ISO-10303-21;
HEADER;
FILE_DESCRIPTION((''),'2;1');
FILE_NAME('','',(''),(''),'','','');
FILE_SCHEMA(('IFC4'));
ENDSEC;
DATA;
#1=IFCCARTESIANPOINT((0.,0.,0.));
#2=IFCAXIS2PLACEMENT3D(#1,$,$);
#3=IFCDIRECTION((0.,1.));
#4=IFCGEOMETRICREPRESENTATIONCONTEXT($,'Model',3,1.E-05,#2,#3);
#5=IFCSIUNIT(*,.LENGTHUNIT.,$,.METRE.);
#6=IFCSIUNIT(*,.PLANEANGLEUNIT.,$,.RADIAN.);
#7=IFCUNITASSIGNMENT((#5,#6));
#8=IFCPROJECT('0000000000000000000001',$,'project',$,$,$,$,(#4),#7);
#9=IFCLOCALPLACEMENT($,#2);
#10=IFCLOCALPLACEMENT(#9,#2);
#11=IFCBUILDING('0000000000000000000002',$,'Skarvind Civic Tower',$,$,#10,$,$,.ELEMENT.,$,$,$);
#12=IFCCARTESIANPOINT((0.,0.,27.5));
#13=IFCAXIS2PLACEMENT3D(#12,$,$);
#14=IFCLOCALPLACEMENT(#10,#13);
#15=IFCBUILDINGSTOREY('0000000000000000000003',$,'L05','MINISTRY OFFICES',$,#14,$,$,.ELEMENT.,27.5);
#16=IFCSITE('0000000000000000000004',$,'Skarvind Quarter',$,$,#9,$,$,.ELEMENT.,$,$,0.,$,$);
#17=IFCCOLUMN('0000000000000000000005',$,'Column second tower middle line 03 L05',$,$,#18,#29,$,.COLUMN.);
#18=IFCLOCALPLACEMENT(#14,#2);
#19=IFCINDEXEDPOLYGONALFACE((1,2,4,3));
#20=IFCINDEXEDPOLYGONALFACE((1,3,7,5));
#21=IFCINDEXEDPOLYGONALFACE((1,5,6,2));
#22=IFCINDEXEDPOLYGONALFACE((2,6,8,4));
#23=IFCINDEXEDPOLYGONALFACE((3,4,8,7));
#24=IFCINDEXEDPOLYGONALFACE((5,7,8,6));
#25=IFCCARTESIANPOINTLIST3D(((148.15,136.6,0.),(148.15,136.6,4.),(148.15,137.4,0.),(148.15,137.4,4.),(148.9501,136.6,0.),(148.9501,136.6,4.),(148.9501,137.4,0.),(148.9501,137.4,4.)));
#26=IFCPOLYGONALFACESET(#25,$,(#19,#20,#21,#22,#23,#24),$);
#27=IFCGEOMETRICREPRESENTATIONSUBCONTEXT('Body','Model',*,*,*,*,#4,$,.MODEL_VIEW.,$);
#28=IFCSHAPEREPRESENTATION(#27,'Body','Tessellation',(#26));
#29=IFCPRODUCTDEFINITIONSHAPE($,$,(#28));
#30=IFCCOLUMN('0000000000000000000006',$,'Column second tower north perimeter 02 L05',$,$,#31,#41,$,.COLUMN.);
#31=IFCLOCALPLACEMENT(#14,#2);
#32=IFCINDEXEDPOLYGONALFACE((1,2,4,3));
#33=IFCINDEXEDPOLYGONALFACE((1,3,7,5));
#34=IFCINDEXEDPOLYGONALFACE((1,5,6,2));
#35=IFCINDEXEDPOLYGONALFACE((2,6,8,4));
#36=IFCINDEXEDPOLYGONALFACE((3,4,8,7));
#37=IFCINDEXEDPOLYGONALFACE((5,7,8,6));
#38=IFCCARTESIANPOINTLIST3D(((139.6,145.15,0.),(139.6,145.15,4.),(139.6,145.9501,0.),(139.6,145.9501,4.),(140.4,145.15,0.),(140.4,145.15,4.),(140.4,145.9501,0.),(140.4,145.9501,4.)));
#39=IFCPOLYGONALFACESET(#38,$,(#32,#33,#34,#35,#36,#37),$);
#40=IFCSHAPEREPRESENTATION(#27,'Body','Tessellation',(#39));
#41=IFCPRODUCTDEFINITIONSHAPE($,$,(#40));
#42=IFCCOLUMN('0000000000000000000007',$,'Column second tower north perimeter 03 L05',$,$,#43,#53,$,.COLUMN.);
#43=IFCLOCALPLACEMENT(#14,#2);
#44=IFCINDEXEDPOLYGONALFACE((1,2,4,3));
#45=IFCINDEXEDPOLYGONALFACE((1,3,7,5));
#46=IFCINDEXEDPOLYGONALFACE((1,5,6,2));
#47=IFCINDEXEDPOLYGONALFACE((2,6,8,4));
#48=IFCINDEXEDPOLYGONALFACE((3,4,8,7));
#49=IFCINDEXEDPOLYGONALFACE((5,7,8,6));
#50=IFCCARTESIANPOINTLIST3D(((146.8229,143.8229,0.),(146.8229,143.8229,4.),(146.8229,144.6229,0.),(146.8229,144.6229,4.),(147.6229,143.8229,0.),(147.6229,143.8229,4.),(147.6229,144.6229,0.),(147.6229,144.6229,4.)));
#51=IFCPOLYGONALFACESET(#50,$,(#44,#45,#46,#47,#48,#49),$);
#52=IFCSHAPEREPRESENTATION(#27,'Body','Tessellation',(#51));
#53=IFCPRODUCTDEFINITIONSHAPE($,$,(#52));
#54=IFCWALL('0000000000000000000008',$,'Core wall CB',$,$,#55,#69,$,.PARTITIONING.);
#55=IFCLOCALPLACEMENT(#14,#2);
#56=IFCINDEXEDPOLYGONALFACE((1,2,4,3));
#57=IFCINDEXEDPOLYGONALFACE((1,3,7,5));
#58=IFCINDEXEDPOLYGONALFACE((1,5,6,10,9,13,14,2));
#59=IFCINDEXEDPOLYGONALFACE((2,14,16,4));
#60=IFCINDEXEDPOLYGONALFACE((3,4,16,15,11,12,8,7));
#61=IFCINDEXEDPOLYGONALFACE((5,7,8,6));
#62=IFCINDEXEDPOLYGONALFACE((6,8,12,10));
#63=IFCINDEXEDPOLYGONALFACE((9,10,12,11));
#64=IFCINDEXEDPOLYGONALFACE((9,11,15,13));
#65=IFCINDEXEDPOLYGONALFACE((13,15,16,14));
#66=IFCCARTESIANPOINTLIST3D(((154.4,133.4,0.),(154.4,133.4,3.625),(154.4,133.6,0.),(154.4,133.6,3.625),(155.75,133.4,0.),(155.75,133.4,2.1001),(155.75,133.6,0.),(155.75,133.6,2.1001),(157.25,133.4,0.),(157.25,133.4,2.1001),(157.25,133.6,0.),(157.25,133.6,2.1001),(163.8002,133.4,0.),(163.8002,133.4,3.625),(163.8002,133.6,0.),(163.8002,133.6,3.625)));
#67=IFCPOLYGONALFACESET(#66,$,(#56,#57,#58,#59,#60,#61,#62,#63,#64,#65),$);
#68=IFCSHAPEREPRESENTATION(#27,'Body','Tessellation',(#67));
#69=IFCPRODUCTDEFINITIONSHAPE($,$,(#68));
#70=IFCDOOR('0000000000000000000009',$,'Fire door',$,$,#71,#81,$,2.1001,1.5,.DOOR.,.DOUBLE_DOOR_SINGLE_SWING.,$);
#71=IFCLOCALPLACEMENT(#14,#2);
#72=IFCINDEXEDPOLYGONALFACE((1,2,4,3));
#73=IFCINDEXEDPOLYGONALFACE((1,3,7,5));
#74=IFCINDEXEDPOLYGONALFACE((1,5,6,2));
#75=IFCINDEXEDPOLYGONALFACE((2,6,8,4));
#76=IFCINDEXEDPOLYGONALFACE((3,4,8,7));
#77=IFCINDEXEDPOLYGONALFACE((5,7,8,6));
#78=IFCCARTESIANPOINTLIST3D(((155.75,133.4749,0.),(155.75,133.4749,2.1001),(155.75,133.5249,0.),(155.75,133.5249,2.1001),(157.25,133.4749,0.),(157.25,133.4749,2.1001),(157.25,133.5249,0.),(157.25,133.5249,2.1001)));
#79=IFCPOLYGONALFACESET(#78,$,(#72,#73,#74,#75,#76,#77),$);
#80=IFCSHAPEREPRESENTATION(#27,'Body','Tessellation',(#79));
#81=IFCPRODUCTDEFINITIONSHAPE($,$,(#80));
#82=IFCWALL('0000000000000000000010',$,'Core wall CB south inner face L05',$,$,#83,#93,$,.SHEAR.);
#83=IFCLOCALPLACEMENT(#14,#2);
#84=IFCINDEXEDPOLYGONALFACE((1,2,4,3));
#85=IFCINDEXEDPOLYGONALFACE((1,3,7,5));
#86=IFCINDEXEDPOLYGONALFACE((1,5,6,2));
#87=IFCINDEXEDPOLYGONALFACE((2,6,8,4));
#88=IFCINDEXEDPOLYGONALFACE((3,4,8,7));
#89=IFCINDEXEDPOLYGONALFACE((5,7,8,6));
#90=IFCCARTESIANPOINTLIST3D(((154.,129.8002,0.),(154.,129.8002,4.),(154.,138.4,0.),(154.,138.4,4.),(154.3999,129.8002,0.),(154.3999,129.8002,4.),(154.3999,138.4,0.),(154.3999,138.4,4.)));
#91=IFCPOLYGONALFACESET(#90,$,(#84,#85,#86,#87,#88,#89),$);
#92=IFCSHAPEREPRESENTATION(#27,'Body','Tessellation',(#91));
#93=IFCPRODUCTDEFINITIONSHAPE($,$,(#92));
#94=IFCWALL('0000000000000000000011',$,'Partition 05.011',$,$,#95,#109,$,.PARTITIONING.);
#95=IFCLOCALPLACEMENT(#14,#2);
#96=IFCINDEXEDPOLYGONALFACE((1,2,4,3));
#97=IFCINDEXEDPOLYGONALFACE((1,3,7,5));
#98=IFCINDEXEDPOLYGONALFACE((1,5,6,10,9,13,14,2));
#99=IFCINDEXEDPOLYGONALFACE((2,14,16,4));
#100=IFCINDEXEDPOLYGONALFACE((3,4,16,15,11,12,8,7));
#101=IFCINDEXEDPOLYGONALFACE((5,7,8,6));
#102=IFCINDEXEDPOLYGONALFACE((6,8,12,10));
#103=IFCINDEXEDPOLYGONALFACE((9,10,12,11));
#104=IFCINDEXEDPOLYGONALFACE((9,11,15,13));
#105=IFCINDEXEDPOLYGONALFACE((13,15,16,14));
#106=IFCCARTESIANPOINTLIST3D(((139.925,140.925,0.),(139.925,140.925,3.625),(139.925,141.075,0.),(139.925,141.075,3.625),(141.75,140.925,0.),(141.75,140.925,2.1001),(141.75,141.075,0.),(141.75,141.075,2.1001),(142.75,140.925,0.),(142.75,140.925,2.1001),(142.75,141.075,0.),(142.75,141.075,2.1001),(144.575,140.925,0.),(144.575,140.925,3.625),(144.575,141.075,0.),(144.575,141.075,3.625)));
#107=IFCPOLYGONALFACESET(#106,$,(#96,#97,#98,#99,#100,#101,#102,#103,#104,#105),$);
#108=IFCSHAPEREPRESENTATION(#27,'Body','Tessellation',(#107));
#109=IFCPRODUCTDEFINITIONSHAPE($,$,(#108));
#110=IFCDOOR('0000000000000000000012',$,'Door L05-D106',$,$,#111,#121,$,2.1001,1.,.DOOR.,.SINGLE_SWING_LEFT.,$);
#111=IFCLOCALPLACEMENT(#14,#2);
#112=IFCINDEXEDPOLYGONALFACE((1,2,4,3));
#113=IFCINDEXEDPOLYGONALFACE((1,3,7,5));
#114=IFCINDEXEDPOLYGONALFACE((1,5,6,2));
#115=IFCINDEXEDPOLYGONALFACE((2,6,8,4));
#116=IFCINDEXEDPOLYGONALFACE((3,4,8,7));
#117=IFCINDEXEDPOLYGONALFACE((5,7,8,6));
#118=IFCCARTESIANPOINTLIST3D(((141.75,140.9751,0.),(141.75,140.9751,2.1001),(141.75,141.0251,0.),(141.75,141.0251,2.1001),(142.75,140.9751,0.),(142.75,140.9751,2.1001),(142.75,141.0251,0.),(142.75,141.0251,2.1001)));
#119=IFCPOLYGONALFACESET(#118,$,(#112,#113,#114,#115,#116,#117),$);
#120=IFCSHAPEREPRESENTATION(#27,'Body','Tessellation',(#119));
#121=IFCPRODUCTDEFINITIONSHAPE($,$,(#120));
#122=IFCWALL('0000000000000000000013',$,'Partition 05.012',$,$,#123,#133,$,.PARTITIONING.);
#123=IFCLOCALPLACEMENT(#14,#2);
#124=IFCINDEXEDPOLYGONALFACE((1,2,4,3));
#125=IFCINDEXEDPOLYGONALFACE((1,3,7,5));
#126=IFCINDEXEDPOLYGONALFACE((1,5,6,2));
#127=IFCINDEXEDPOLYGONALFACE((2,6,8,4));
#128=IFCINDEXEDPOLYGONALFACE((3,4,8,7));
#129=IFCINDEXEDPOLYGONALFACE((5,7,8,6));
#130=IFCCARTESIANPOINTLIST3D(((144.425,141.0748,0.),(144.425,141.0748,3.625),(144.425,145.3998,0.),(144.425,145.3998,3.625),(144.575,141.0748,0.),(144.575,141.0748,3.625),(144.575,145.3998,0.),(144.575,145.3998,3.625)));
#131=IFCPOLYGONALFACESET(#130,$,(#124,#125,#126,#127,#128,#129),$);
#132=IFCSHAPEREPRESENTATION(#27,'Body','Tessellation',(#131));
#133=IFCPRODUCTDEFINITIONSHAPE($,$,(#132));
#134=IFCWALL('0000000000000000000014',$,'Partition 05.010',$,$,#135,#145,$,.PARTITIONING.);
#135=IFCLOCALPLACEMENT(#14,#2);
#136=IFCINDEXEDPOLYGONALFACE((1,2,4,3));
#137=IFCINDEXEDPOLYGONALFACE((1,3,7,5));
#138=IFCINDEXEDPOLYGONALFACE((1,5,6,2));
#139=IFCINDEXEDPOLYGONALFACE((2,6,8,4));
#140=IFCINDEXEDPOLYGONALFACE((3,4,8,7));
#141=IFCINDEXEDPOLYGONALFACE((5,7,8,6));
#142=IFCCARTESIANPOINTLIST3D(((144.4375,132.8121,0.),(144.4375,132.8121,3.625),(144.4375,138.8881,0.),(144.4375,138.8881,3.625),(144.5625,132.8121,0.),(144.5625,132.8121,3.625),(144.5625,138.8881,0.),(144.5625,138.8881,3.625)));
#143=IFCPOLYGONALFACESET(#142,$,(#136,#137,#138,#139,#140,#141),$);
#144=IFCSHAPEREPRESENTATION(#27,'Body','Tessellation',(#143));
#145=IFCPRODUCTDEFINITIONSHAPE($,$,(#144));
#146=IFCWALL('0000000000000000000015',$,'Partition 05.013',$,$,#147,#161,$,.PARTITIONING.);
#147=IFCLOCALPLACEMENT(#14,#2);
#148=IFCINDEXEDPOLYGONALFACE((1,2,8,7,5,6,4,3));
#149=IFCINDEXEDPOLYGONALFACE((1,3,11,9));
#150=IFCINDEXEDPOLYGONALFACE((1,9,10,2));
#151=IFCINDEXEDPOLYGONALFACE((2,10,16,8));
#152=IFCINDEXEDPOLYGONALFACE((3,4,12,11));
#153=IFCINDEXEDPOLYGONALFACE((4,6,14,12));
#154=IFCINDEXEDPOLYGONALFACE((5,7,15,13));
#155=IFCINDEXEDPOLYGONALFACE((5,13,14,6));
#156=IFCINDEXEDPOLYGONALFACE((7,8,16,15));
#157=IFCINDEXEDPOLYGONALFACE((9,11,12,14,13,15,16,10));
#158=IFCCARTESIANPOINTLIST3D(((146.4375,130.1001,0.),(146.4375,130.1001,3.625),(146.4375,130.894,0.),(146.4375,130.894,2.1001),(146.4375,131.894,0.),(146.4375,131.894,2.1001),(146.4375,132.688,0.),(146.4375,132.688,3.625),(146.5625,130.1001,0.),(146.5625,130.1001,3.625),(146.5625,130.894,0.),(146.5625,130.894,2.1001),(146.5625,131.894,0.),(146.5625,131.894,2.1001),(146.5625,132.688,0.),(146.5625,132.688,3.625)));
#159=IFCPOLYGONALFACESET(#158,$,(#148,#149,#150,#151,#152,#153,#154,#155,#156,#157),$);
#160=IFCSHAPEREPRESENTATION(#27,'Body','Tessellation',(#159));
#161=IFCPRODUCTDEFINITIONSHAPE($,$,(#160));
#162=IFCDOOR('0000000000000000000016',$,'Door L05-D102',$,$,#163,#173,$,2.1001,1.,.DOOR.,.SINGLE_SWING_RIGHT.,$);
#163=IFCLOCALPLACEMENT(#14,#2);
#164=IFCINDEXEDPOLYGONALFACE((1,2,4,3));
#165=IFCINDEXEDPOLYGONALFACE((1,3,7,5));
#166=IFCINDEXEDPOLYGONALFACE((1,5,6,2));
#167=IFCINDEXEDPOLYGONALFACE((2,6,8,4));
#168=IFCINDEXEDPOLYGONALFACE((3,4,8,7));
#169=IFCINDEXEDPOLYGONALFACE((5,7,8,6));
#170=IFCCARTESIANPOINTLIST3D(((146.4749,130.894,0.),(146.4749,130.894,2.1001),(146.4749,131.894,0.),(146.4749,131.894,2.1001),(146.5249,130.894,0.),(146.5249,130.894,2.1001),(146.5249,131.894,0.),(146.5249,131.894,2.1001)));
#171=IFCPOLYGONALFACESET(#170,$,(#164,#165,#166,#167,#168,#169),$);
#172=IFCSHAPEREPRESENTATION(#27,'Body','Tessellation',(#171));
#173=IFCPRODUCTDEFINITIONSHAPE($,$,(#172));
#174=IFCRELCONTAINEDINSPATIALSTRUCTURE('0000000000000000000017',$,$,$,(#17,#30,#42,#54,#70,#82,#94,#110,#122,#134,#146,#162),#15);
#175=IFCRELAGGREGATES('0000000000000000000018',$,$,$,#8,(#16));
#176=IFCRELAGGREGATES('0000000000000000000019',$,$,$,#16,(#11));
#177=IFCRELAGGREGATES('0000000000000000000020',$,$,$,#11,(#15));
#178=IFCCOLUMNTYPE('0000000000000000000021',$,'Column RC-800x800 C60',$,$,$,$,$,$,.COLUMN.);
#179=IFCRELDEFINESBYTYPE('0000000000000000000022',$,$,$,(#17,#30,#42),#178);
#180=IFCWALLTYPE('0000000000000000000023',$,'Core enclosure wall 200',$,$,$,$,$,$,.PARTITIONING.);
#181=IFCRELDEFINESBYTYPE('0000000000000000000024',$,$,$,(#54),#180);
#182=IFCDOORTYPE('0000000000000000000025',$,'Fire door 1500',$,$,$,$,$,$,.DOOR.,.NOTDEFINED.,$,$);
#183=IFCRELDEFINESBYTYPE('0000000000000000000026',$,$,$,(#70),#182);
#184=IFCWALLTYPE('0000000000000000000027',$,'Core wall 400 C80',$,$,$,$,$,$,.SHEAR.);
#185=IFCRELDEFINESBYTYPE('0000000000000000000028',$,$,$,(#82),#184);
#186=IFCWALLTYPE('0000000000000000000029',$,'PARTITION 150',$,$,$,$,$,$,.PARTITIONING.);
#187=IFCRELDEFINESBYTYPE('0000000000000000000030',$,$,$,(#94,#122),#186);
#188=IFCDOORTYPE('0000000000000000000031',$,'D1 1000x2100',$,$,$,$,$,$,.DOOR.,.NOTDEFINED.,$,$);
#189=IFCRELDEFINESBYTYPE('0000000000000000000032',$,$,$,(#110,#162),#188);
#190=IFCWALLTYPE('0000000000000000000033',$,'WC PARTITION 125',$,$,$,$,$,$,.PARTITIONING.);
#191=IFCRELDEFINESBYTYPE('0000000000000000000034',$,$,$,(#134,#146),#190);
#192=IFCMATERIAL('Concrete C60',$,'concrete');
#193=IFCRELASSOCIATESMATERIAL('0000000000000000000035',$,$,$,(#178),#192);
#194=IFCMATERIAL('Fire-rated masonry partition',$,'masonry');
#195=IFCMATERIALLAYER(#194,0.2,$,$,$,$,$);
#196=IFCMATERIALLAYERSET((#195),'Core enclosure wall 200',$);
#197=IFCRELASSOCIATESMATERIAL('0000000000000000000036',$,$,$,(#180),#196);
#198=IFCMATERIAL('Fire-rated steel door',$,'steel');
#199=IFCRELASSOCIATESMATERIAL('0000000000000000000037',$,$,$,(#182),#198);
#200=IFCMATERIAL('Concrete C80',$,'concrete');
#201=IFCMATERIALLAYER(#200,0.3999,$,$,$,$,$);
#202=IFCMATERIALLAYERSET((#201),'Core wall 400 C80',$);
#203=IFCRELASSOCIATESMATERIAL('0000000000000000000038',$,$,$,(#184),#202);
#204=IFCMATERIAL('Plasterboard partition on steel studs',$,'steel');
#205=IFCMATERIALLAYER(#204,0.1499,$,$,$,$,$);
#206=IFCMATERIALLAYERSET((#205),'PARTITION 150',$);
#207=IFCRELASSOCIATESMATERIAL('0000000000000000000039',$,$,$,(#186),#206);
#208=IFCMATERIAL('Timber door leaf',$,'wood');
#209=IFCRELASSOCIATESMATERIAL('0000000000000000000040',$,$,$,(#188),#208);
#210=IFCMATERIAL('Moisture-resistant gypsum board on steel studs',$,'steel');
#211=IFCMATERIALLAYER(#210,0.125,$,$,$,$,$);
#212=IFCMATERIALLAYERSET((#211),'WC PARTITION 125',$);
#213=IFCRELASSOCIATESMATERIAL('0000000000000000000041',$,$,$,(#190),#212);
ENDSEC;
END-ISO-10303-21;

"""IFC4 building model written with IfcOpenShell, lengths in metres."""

from ifc_helpers import new_model, si_unit, direction, frame, frame_2d, origin, origin_2d, place, context, subcontext, project, spatial, rectangle, extrude, material, layer, layer_set, material_profile, profile_set, type_object, element, fill, save


model = new_model("IFC4")

# Units and contexts
model_context = context("Model", 3, precision=1e-05, world=origin(), true_north=direction((0.0, 1.0)))
body_context = subcontext(model_context, "Body", "Model", "MODEL_VIEW")
ifc_project = project(units=[si_unit("LENGTHUNIT", "METRE"), si_unit("PLANEANGLEUNIT", "RADIAN")], contexts=[model_context])

# Site, building, storey
site_placement = place(None, origin())
site = spatial("IfcSite", under=ifc_project, at=site_placement, Name="Skarvind Quarter", CompositionType="ELEMENT", RefElevation=0.0)
building_placement = place(site_placement, origin())
building = spatial("IfcBuilding", under=site, at=building_placement, Name="Skarvind Civic Tower", CompositionType="ELEMENT")
storey_placement = place(building_placement, frame((0.0, 0.0, 27.5)))
storey = spatial("IfcBuildingStorey", under=building, at=storey_placement, Name="L05", Description="MINISTRY OFFICES", CompositionType="ELEMENT", Elevation=27.5)

# Columns
ifc_material_1 = material(Name="Concrete C60", Category="concrete")
ifc_material_profile = material_profile(ifc_material_1, rectangle(XDim=0.8, YDim=0.8, at=origin_2d()), Name="RC-800x800")
ifc_profile_set = profile_set([ifc_material_profile], Name="Concrete C60")
column_type = type_object("IfcColumnType", Name="Column RC-800x800 C60", PredefinedType="COLUMN", material=ifc_profile_set)
for number, where, z_axis, x_axis, name in (
    (1, (148.55, 137.0, 0.0), (0.0, 0.0, 1.0), (1.0, 0.0, 0.0), "Column second tower middle line 03 L05"),
    (2, (140.0, 145.55, 0.0), (0.0, 0.0, 1.0), (1.0, 0.0, 0.0), "Column second tower north perimeter 02 L05"),
    (3, (147.2229, 144.2229, 0.0), (0.0, 0.0, 1.0), (1.0, 0.0, 0.0), "Column second tower north perimeter 03 L05"),
):
    element("IfcColumn", number, at=place(storey_placement, frame(where, z_axis=z_axis, x_axis=x_axis)), inside=storey, type_object=column_type, Name=name, PredefinedType="COLUMN", context=body_context, shape_type="SweptSolid", body=[
        extrude(rectangle(XDim=0.8, YDim=0.8, at=origin_2d()), origin(), (0.0, 0.0, 1.0), 4.0),
    ])

# Wall, opening, door
ifc_material_2 = material(Name="Fire-rated masonry partition", Category="masonry")
ifc_layer_1 = layer(ifc_material_2, 0.2)
ifc_layer_set_1 = layer_set([ifc_layer_1], Name="Core enclosure wall 200")
wall_type_1 = type_object("IfcWallType", Name="Core enclosure wall 200", PredefinedType="PARTITIONING", material=ifc_layer_set_1)
wall_1_placement = place(storey_placement, frame((154.3999, 133.5, 0.0), z_axis=(0.0, 0.0, 1.0), x_axis=(1.0, 0.0, 0.0)))
wall_1 = element("IfcWall", 4, at=wall_1_placement, inside=storey, type_object=wall_type_1, Name="Core wall CB", PredefinedType="PARTITIONING", context=body_context, shape_type="SweptSolid", body=[
    extrude(rectangle(XDim=9.4001, YDim=0.2, at=frame_2d((4.7002, 0.0))), origin(), (0.0, 0.0, 1.0), 3.625),
])
opening_1_placement = place(wall_1_placement, frame((1.3501, 0.0, 0.0)))
opening_1 = element("IfcOpeningElement", 5, at=opening_1_placement, cuts=wall_1, PredefinedType="OPENING", context=body_context, shape_type="SweptSolid", body=[
    extrude(rectangle(XDim=1.5, YDim=2.1001, at=frame_2d((0.75, 1.05))), frame((0.0, 0.1099, 0.0), z_axis=(0.0, -1.0, 0.0), x_axis=(1.0, 0.0, 0.0)), (0.0, 0.0, 1.0), 0.22),
])
ifc_material_3 = material(Name="Fire-rated steel door", Category="steel")
door_type_1 = type_object("IfcDoorType", Name="Fire door 1500", OperationType="NOTDEFINED", PredefinedType="DOOR", material=ifc_material_3)
door_1_placement = place(opening_1_placement, origin())
door_1 = element("IfcDoor", 6, at=door_1_placement, inside=storey, type_object=door_type_1, Name="Fire door", OperationType="DOUBLE_DOOR_SINGLE_SWING", OverallHeight=2.1001, OverallWidth=1.5, PredefinedType="DOOR", context=body_context, shape_type="SweptSolid", body=[
    extrude(rectangle(XDim=1.5, YDim=2.1001, at=frame_2d((0.75, 1.05))), frame((0.0, 0.0249, 0.0), z_axis=(0.0, -1.0, 0.0), x_axis=(1.0, 0.0, 0.0)), (0.0, 0.0, 1.0), 0.05),
])
fill(opening_1, door_1)

# Wall
ifc_material_4 = material(Name="Concrete C80", Category="concrete")
ifc_layer_2 = layer(ifc_material_4, 0.3999)
ifc_layer_set_2 = layer_set([ifc_layer_2], Name="Core wall 400 C80")
wall_type_2 = type_object("IfcWallType", Name="Core wall 400 C80", PredefinedType="SHEAR", material=ifc_layer_set_2)
wall_2_placement = place(storey_placement, frame((154.2, 138.3999, 0.0), z_axis=(0.0, 0.0, 1.0), x_axis=(0.0, -1.0, 0.0)))
element("IfcWall", 7, at=wall_2_placement, inside=storey, type_object=wall_type_2, Name="Core wall CB south inner face L05", PredefinedType="SHEAR", context=body_context, shape_type="SweptSolid", body=[
    extrude(rectangle(XDim=8.5999, YDim=0.3999, at=frame_2d((4.2998, 0.0))), origin(), (0.0, 0.0, 1.0), 4.0),
])

# Wall, opening, door
ifc_material_5 = material(Name="Plasterboard partition on steel studs", Category="steel")
ifc_layer_3 = layer(ifc_material_5, 0.1499)
ifc_layer_set_3 = layer_set([ifc_layer_3], Name="PARTITION 150")
wall_type_3 = type_object("IfcWallType", Name="PARTITION 150", PredefinedType="PARTITIONING", material=ifc_layer_set_3)
wall_3_placement = place(storey_placement, frame((144.575, 141.0, 0.0), z_axis=(0.0, 0.0, 1.0), x_axis=(-1.0, 0.0, 0.0)))
wall_3 = element("IfcWall", 8, at=wall_3_placement, inside=storey, type_object=wall_type_3, Name="Partition 05.011", PredefinedType="PARTITIONING", context=body_context, shape_type="SweptSolid", body=[
    extrude(rectangle(XDim=4.6499, YDim=0.1499, at=frame_2d((2.325, 0.0))), origin(), (0.0, 0.0, 1.0), 3.625),
])
opening_2_placement = place(wall_3_placement, frame((1.825, 0.0, 0.0)))
opening_2 = element("IfcOpeningElement", 9, at=opening_2_placement, cuts=wall_3, PredefinedType="OPENING", context=body_context, shape_type="SweptSolid", body=[
    extrude(rectangle(XDim=1.0, YDim=2.1001, at=frame_2d((0.5, 1.05))), frame((0.0, 0.085, 0.0), z_axis=(0.0, -1.0, 0.0), x_axis=(1.0, 0.0, 0.0)), (0.0, 0.0, 1.0), 0.1699),
])
ifc_material_6 = material(Name="Timber door leaf", Category="wood")
door_type_2 = type_object("IfcDoorType", Name="D1 1000x2100", OperationType="NOTDEFINED", PredefinedType="DOOR", material=ifc_material_6)
door_2_placement = place(opening_2_placement, origin())
door_2 = element("IfcDoor", 10, at=door_2_placement, inside=storey, type_object=door_type_2, Name="Door L05-D106", OperationType="SINGLE_SWING_LEFT", OverallHeight=2.1001, OverallWidth=1.0, PredefinedType="DOOR", context=body_context, shape_type="SweptSolid", body=[
    extrude(rectangle(XDim=1.0, YDim=2.1001, at=frame_2d((0.5, 1.05))), frame((0.0, 0.0249, 0.0), z_axis=(0.0, -1.0, 0.0), x_axis=(1.0, 0.0, 0.0)), (0.0, 0.0, 1.0), 0.05),
])
fill(opening_2, door_2)

# Walls
wall_4_placement = place(storey_placement, frame((144.5, 145.3999, 0.0), z_axis=(0.0, 0.0, 1.0), x_axis=(0.0, -1.0, 0.0)))
element("IfcWall", 11, at=wall_4_placement, inside=storey, type_object=wall_type_3, Name="Partition 05.012", PredefinedType="PARTITIONING", context=body_context, shape_type="SweptSolid", body=[
    extrude(rectangle(XDim=4.325, YDim=0.1499, at=frame_2d((2.1626, 0.0))), origin(), (0.0, 0.0, 1.0), 3.625),
])
ifc_material_7 = material(Name="Moisture-resistant gypsum board on steel studs", Category="steel")
ifc_layer_4 = layer(ifc_material_7, 0.125)
ifc_layer_set_4 = layer_set([ifc_layer_4], Name="WC PARTITION 125")
wall_type_4 = type_object("IfcWallType", Name="WC PARTITION 125", PredefinedType="PARTITIONING", material=ifc_layer_set_4)
wall_5_placement = place(storey_placement, frame((144.5, 132.812, 0.0), z_axis=(0.0, 0.0, 1.0), x_axis=(0.0, 1.0, 0.0)))
element("IfcWall", 12, at=wall_5_placement, inside=storey, type_object=wall_type_4, Name="Partition 05.010", PredefinedType="PARTITIONING", context=body_context, shape_type="SweptSolid", body=[
    extrude(rectangle(XDim=6.0759, YDim=0.125, at=frame_2d((3.0381, 0.0))), origin(), (0.0, 0.0, 1.0), 3.625),
])

# Wall, opening, door
wall_6_placement = place(storey_placement, frame((146.5, 132.688, 0.0), z_axis=(0.0, 0.0, 1.0), x_axis=(0.0, -1.0, 0.0)))
wall_6 = element("IfcWall", 13, at=wall_6_placement, inside=storey, type_object=wall_type_4, Name="Partition 05.013", PredefinedType="PARTITIONING", context=body_context, shape_type="SweptSolid", body=[
    extrude(rectangle(XDim=2.5879, YDim=0.125, at=frame_2d((1.2939, 0.0))), origin(), (0.0, 0.0, 1.0), 3.625),
])
opening_3_placement = place(wall_6_placement, frame((0.7939, 0.0, 0.0)))
opening_3 = element("IfcOpeningElement", 14, at=opening_3_placement, cuts=wall_6, PredefinedType="OPENING", context=body_context, shape_type="SweptSolid", body=[
    extrude(rectangle(XDim=1.0, YDim=2.1001, at=frame_2d((0.5, 1.05))), frame((0.0, 0.0725, 0.0), z_axis=(0.0, -1.0, 0.0), x_axis=(1.0, 0.0, 0.0)), (0.0, 0.0, 1.0), 0.145),
])
door_3_placement = place(opening_3_placement, origin())
door_3 = element("IfcDoor", 15, at=door_3_placement, inside=storey, type_object=door_type_2, Name="Door L05-D102", OperationType="SINGLE_SWING_RIGHT", OverallHeight=2.1001, OverallWidth=1.0, PredefinedType="DOOR", context=body_context, shape_type="SweptSolid", body=[
    extrude(rectangle(XDim=1.0, YDim=2.1001, at=frame_2d((0.5, 1.05))), frame((0.0, 0.0249, 0.0), z_axis=(0.0, -1.0, 0.0), x_axis=(1.0, 0.0, 0.0)), (0.0, 0.0, 1.0), 0.05),
])
fill(opening_3, door_3)

save(model, "model.ifc")
